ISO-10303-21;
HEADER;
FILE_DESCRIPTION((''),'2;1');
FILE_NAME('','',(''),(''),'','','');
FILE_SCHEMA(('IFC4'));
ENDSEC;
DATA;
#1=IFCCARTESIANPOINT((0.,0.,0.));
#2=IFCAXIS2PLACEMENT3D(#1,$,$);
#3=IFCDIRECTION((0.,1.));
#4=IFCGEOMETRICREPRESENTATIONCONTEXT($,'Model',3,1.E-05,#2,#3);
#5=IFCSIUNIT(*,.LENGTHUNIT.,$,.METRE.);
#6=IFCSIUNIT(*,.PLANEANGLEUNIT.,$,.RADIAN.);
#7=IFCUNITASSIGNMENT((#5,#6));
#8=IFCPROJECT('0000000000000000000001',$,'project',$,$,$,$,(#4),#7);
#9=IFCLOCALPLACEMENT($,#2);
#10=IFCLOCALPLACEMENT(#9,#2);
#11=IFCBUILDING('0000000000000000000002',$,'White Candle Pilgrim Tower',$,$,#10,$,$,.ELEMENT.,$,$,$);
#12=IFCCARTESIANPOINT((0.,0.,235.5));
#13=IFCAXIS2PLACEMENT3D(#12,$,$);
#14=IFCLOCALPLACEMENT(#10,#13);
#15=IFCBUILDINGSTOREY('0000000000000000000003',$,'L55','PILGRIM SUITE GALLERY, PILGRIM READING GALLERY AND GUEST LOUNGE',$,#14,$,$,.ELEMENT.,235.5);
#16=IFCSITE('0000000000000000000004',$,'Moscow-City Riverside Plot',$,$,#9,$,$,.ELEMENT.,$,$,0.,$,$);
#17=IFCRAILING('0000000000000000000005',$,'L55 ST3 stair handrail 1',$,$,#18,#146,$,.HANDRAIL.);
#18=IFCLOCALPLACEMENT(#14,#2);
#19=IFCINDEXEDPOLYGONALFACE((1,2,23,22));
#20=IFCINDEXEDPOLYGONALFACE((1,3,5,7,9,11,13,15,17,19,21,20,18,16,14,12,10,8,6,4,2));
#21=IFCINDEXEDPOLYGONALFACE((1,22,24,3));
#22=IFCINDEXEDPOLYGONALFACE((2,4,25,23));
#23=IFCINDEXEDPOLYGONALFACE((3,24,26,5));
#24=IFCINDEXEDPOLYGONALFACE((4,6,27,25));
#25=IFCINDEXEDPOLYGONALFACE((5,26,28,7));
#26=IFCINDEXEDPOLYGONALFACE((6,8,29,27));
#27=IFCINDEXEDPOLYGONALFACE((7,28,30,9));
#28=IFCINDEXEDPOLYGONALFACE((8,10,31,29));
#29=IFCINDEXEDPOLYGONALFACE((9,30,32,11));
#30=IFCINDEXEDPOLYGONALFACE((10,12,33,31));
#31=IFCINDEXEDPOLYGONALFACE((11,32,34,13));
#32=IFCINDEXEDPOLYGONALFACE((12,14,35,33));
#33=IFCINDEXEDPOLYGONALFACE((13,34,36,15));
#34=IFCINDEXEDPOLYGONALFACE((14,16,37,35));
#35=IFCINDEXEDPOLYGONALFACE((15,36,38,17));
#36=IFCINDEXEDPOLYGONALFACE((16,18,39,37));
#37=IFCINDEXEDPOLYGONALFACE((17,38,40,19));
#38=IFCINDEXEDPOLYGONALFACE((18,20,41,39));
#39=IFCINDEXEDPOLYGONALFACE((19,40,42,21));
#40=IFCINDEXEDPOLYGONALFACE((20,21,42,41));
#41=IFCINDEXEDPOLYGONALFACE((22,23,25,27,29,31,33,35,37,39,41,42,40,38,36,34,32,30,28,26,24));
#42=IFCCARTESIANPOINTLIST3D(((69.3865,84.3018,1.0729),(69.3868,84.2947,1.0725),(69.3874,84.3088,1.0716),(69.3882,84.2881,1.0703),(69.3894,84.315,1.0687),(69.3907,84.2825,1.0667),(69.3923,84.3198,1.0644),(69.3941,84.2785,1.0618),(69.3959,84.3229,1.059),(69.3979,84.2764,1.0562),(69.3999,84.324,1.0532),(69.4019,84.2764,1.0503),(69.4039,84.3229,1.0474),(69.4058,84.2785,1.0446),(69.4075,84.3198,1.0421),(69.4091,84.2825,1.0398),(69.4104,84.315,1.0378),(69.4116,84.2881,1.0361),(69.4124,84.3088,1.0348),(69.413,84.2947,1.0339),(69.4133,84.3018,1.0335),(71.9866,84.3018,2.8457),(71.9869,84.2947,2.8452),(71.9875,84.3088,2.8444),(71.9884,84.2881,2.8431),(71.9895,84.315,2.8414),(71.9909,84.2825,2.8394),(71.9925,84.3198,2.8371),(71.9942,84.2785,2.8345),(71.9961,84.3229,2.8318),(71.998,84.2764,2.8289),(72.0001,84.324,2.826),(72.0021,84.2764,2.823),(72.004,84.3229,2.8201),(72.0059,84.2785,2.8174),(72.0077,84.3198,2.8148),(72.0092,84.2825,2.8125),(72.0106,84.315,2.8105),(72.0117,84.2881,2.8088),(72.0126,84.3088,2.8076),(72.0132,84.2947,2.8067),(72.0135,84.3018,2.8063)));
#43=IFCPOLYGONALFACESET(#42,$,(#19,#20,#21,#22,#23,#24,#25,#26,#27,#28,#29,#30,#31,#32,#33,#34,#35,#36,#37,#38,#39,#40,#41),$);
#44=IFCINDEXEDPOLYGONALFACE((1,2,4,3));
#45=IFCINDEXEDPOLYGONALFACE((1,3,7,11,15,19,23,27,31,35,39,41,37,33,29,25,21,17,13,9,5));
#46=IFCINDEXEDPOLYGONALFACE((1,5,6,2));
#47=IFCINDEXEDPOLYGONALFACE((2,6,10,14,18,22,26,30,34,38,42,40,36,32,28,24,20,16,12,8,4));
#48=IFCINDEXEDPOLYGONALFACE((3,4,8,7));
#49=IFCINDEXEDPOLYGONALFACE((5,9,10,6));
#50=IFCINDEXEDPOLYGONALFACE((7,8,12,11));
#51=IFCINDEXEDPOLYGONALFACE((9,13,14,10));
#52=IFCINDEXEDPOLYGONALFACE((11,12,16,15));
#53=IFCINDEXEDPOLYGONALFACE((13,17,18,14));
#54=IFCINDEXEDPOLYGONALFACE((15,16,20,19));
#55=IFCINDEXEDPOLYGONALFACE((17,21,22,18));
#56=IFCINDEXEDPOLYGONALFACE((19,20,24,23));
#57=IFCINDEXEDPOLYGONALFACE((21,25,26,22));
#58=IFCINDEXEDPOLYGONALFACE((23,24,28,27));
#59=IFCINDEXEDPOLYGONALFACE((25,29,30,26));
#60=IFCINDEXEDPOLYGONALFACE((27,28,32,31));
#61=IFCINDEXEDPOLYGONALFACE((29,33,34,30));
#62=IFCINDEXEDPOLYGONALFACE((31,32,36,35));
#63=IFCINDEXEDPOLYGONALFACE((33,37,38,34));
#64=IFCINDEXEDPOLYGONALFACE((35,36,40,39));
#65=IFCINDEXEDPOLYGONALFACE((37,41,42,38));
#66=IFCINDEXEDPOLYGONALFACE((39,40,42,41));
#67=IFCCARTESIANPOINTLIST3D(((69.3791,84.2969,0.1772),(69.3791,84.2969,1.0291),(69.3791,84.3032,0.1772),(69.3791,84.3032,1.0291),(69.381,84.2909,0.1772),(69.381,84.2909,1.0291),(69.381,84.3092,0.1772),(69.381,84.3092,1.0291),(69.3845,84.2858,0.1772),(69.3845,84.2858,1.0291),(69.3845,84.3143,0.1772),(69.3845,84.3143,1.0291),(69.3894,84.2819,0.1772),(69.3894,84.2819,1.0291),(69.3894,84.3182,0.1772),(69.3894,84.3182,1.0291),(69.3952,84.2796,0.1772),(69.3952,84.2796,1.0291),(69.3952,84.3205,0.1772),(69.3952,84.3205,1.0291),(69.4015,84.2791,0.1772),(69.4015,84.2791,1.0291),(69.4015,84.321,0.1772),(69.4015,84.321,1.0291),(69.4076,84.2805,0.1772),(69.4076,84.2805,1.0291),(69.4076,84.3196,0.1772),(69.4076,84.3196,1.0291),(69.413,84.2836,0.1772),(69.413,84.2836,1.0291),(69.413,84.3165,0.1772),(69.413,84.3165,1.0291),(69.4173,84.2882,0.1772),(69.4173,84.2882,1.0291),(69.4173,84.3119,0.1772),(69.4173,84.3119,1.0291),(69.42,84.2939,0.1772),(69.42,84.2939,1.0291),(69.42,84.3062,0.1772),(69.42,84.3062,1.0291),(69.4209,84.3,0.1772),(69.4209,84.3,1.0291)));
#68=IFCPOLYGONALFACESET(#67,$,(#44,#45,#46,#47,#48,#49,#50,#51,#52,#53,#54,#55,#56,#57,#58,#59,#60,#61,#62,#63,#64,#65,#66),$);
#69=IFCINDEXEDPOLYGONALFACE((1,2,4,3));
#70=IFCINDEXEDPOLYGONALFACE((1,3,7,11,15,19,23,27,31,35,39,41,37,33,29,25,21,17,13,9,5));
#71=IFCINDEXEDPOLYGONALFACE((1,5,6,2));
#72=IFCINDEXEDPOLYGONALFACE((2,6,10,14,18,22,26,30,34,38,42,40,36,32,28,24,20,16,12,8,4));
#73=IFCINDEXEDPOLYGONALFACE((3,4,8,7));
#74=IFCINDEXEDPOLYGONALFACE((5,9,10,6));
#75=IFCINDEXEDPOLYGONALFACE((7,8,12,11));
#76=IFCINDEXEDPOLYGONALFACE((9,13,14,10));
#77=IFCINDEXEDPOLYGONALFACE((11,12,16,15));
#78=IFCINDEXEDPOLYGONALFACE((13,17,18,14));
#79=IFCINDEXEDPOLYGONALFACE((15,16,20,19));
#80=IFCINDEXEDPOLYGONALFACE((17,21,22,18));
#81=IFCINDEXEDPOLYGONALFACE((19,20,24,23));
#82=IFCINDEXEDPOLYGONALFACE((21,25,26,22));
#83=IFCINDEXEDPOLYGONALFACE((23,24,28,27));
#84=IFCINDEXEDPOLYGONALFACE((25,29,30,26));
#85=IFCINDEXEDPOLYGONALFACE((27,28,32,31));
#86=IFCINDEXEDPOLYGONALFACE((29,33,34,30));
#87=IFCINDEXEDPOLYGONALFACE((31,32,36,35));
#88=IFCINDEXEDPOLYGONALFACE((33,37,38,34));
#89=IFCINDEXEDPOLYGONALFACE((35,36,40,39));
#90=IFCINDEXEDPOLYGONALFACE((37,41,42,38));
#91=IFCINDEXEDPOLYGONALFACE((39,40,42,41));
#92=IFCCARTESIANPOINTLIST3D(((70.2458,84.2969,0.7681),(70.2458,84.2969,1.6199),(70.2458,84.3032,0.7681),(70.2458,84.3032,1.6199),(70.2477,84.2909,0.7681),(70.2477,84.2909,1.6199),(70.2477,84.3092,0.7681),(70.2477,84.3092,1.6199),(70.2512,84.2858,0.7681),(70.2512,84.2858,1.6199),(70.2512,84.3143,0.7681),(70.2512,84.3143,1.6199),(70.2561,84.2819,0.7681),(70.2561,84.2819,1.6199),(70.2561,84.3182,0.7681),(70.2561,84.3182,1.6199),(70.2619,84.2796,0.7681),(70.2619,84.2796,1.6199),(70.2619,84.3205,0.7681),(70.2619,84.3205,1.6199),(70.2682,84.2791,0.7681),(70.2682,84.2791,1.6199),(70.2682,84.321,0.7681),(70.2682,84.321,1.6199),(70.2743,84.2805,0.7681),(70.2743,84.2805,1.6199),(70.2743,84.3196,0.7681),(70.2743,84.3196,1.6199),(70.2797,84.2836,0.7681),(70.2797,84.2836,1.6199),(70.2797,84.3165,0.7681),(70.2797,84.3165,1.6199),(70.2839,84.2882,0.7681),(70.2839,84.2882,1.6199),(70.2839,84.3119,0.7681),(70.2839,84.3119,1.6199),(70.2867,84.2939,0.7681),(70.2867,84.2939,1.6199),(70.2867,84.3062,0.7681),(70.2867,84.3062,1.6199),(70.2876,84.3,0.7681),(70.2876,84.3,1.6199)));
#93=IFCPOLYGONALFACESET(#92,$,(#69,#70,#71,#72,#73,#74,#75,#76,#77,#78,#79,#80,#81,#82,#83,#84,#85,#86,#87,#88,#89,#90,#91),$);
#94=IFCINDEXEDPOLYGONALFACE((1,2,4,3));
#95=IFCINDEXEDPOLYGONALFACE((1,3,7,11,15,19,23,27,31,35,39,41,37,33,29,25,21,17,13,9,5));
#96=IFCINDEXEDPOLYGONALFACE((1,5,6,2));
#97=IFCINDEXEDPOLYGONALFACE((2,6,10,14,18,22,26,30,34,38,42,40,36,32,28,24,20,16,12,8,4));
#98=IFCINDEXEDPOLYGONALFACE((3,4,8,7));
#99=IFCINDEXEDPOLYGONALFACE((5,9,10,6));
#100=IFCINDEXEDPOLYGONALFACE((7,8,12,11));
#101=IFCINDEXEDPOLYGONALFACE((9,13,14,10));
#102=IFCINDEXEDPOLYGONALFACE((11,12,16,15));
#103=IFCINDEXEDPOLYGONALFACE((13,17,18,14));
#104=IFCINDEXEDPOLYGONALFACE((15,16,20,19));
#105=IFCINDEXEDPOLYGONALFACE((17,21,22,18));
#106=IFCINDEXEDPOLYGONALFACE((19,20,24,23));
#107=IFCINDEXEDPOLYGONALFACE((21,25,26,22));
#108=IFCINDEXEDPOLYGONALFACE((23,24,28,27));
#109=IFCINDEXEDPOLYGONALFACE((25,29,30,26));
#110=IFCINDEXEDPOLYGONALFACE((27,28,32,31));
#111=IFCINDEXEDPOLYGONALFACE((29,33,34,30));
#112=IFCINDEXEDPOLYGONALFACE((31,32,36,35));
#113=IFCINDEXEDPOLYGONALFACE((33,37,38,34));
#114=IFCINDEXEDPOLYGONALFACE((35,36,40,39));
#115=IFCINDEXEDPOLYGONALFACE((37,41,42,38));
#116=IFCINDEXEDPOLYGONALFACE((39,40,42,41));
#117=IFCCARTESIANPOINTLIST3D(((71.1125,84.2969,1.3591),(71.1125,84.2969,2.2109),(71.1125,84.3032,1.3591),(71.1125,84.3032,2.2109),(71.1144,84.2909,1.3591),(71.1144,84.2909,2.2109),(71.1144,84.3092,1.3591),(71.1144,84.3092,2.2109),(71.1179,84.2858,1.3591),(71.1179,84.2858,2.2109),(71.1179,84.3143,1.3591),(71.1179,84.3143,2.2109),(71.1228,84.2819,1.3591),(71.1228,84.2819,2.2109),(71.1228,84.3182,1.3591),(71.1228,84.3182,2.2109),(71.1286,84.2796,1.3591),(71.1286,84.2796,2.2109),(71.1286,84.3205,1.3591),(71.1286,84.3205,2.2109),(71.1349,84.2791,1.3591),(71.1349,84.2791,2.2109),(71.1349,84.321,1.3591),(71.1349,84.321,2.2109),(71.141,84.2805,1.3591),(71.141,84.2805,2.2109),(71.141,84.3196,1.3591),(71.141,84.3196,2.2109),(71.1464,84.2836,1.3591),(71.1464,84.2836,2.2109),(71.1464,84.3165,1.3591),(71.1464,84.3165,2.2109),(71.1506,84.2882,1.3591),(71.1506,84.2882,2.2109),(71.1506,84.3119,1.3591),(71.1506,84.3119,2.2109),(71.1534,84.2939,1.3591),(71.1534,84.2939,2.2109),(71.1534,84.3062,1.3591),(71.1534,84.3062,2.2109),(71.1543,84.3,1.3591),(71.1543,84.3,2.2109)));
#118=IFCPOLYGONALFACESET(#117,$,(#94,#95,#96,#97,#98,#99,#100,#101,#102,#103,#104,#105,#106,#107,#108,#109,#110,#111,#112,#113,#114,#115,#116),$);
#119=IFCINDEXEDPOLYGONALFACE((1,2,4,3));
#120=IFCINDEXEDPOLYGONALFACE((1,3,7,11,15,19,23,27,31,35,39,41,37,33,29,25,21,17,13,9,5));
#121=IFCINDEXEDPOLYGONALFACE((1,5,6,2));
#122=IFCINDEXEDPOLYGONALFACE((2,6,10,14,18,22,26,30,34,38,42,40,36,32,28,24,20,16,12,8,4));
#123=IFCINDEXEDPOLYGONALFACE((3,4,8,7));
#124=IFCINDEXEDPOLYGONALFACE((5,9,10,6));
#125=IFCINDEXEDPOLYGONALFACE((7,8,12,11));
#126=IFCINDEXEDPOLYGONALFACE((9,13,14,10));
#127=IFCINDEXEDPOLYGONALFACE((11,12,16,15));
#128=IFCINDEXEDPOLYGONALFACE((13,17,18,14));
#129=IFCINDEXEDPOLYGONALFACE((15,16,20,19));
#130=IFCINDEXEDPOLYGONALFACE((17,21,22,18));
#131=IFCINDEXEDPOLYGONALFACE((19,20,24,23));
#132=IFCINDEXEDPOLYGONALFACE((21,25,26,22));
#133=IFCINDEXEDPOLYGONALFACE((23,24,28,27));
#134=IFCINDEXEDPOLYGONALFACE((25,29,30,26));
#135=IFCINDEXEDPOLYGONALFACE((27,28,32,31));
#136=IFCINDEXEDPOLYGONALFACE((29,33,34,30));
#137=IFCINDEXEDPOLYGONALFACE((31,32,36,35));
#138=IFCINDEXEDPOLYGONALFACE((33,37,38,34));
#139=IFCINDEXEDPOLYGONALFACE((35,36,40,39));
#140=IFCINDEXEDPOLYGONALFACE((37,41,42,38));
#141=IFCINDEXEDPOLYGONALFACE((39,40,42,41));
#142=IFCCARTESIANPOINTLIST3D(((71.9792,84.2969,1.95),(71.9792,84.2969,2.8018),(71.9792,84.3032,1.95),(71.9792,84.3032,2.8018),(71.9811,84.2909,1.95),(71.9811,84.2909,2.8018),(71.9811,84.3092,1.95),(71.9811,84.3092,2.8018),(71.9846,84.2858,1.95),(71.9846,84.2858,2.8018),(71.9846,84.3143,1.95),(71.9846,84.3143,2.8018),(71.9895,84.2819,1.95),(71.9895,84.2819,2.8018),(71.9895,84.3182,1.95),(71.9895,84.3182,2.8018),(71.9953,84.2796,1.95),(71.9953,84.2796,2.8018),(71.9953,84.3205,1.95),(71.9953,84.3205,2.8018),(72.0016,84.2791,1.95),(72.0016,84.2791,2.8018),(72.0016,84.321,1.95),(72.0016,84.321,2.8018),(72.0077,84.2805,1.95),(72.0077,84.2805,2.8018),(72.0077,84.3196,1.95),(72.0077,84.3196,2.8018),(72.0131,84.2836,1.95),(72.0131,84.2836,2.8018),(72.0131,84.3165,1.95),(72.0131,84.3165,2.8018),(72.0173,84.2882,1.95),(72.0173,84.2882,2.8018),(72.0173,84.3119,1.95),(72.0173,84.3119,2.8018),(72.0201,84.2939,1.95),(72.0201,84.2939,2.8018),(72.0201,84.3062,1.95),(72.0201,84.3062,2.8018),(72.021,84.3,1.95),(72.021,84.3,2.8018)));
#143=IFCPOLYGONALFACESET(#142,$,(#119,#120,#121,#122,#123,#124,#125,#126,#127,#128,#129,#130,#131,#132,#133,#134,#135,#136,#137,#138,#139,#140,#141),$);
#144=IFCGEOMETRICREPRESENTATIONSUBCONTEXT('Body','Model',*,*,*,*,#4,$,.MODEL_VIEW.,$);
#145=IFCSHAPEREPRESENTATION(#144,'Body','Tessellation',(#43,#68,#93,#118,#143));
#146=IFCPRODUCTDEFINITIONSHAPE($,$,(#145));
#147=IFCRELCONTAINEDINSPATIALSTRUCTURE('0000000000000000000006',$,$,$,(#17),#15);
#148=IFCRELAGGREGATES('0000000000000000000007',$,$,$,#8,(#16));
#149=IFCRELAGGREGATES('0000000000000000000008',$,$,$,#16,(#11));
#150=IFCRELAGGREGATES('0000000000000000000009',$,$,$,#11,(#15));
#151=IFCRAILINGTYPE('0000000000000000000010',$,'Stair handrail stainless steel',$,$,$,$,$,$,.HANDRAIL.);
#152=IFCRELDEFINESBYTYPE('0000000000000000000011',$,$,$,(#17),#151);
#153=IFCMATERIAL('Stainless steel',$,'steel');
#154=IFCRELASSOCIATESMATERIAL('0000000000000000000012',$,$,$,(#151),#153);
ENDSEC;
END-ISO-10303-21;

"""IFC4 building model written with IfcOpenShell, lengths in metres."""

from ifc_helpers import new_model, si_unit, direction, frame, origin, origin_2d, place, context, subcontext, project, spatial, circle, extrude, material, type_object, element, save


model = new_model("IFC4")

# Units and contexts
model_context = context("Model", 3, precision=1e-05, world=origin(), true_north=direction((0.0, 1.0)))
body_context = subcontext(model_context, "Body", "Model", "MODEL_VIEW")
ifc_project = project(units=[si_unit("LENGTHUNIT", "METRE"), si_unit("PLANEANGLEUNIT", "RADIAN")], contexts=[model_context])

# Site, building, storey
site_placement = place(None, origin())
site = spatial("IfcSite", under=ifc_project, at=site_placement, Name="Moscow-City Riverside Plot", CompositionType="ELEMENT", RefElevation=0.0)
building_placement = place(site_placement, origin())
building = spatial("IfcBuilding", under=site, at=building_placement, Name="White Candle Pilgrim Tower", CompositionType="ELEMENT")
storey_placement = place(building_placement, frame((0.0, 0.0, 235.5)))
storey = spatial("IfcBuildingStorey", under=building, at=storey_placement, Name="L55", Description="PILGRIM SUITE GALLERY, PILGRIM READING GALLERY AND GUEST LOUNGE", CompositionType="ELEMENT", Elevation=235.5)

# Shared definitions
ifc_material_1 = material(Name="Stainless steel", Category="steel")

# Railing
railing_type_1 = type_object("IfcRailingType", Name="Stair handrail stainless steel", PredefinedType="HANDRAIL", material=ifc_material_1)
railing_1_placement = place(storey_placement, frame((69.3999, 84.3, 0.1772)))
element("IfcRailing", 1, at=railing_1_placement, inside=storey, type_object=railing_type_1, Name="L55 ST3 stair handrail 1", PredefinedType="HANDRAIL", context=body_context, shape_type="SweptSolid", body=[
    extrude(circle(Radius=0.0239, at=origin_2d()), frame((0.0, 0.0, 0.876), z_axis=(0.82624, 0.0, 0.563318), x_axis=(0.0, 1.0, 0.0)), (0.0, 0.0, 1.0), 3.147),
    extrude(circle(Radius=0.021, at=origin_2d()), origin(), (0.0, 0.0, 1.0), 0.8518),
    extrude(circle(Radius=0.021, at=origin_2d()), frame((0.8667, 0.0, 0.5908)), (0.0, 0.0, 1.0), 0.8518),
    extrude(circle(Radius=0.021, at=origin_2d()), frame((1.7334, 0.0, 1.1819)), (0.0, 0.0, 1.0), 0.8518),
    extrude(circle(Radius=0.021, at=origin_2d()), frame((2.6001, 0.0, 1.7727)), (0.0, 0.0, 1.0), 0.8518),
])

save(model, "model.ifc")
